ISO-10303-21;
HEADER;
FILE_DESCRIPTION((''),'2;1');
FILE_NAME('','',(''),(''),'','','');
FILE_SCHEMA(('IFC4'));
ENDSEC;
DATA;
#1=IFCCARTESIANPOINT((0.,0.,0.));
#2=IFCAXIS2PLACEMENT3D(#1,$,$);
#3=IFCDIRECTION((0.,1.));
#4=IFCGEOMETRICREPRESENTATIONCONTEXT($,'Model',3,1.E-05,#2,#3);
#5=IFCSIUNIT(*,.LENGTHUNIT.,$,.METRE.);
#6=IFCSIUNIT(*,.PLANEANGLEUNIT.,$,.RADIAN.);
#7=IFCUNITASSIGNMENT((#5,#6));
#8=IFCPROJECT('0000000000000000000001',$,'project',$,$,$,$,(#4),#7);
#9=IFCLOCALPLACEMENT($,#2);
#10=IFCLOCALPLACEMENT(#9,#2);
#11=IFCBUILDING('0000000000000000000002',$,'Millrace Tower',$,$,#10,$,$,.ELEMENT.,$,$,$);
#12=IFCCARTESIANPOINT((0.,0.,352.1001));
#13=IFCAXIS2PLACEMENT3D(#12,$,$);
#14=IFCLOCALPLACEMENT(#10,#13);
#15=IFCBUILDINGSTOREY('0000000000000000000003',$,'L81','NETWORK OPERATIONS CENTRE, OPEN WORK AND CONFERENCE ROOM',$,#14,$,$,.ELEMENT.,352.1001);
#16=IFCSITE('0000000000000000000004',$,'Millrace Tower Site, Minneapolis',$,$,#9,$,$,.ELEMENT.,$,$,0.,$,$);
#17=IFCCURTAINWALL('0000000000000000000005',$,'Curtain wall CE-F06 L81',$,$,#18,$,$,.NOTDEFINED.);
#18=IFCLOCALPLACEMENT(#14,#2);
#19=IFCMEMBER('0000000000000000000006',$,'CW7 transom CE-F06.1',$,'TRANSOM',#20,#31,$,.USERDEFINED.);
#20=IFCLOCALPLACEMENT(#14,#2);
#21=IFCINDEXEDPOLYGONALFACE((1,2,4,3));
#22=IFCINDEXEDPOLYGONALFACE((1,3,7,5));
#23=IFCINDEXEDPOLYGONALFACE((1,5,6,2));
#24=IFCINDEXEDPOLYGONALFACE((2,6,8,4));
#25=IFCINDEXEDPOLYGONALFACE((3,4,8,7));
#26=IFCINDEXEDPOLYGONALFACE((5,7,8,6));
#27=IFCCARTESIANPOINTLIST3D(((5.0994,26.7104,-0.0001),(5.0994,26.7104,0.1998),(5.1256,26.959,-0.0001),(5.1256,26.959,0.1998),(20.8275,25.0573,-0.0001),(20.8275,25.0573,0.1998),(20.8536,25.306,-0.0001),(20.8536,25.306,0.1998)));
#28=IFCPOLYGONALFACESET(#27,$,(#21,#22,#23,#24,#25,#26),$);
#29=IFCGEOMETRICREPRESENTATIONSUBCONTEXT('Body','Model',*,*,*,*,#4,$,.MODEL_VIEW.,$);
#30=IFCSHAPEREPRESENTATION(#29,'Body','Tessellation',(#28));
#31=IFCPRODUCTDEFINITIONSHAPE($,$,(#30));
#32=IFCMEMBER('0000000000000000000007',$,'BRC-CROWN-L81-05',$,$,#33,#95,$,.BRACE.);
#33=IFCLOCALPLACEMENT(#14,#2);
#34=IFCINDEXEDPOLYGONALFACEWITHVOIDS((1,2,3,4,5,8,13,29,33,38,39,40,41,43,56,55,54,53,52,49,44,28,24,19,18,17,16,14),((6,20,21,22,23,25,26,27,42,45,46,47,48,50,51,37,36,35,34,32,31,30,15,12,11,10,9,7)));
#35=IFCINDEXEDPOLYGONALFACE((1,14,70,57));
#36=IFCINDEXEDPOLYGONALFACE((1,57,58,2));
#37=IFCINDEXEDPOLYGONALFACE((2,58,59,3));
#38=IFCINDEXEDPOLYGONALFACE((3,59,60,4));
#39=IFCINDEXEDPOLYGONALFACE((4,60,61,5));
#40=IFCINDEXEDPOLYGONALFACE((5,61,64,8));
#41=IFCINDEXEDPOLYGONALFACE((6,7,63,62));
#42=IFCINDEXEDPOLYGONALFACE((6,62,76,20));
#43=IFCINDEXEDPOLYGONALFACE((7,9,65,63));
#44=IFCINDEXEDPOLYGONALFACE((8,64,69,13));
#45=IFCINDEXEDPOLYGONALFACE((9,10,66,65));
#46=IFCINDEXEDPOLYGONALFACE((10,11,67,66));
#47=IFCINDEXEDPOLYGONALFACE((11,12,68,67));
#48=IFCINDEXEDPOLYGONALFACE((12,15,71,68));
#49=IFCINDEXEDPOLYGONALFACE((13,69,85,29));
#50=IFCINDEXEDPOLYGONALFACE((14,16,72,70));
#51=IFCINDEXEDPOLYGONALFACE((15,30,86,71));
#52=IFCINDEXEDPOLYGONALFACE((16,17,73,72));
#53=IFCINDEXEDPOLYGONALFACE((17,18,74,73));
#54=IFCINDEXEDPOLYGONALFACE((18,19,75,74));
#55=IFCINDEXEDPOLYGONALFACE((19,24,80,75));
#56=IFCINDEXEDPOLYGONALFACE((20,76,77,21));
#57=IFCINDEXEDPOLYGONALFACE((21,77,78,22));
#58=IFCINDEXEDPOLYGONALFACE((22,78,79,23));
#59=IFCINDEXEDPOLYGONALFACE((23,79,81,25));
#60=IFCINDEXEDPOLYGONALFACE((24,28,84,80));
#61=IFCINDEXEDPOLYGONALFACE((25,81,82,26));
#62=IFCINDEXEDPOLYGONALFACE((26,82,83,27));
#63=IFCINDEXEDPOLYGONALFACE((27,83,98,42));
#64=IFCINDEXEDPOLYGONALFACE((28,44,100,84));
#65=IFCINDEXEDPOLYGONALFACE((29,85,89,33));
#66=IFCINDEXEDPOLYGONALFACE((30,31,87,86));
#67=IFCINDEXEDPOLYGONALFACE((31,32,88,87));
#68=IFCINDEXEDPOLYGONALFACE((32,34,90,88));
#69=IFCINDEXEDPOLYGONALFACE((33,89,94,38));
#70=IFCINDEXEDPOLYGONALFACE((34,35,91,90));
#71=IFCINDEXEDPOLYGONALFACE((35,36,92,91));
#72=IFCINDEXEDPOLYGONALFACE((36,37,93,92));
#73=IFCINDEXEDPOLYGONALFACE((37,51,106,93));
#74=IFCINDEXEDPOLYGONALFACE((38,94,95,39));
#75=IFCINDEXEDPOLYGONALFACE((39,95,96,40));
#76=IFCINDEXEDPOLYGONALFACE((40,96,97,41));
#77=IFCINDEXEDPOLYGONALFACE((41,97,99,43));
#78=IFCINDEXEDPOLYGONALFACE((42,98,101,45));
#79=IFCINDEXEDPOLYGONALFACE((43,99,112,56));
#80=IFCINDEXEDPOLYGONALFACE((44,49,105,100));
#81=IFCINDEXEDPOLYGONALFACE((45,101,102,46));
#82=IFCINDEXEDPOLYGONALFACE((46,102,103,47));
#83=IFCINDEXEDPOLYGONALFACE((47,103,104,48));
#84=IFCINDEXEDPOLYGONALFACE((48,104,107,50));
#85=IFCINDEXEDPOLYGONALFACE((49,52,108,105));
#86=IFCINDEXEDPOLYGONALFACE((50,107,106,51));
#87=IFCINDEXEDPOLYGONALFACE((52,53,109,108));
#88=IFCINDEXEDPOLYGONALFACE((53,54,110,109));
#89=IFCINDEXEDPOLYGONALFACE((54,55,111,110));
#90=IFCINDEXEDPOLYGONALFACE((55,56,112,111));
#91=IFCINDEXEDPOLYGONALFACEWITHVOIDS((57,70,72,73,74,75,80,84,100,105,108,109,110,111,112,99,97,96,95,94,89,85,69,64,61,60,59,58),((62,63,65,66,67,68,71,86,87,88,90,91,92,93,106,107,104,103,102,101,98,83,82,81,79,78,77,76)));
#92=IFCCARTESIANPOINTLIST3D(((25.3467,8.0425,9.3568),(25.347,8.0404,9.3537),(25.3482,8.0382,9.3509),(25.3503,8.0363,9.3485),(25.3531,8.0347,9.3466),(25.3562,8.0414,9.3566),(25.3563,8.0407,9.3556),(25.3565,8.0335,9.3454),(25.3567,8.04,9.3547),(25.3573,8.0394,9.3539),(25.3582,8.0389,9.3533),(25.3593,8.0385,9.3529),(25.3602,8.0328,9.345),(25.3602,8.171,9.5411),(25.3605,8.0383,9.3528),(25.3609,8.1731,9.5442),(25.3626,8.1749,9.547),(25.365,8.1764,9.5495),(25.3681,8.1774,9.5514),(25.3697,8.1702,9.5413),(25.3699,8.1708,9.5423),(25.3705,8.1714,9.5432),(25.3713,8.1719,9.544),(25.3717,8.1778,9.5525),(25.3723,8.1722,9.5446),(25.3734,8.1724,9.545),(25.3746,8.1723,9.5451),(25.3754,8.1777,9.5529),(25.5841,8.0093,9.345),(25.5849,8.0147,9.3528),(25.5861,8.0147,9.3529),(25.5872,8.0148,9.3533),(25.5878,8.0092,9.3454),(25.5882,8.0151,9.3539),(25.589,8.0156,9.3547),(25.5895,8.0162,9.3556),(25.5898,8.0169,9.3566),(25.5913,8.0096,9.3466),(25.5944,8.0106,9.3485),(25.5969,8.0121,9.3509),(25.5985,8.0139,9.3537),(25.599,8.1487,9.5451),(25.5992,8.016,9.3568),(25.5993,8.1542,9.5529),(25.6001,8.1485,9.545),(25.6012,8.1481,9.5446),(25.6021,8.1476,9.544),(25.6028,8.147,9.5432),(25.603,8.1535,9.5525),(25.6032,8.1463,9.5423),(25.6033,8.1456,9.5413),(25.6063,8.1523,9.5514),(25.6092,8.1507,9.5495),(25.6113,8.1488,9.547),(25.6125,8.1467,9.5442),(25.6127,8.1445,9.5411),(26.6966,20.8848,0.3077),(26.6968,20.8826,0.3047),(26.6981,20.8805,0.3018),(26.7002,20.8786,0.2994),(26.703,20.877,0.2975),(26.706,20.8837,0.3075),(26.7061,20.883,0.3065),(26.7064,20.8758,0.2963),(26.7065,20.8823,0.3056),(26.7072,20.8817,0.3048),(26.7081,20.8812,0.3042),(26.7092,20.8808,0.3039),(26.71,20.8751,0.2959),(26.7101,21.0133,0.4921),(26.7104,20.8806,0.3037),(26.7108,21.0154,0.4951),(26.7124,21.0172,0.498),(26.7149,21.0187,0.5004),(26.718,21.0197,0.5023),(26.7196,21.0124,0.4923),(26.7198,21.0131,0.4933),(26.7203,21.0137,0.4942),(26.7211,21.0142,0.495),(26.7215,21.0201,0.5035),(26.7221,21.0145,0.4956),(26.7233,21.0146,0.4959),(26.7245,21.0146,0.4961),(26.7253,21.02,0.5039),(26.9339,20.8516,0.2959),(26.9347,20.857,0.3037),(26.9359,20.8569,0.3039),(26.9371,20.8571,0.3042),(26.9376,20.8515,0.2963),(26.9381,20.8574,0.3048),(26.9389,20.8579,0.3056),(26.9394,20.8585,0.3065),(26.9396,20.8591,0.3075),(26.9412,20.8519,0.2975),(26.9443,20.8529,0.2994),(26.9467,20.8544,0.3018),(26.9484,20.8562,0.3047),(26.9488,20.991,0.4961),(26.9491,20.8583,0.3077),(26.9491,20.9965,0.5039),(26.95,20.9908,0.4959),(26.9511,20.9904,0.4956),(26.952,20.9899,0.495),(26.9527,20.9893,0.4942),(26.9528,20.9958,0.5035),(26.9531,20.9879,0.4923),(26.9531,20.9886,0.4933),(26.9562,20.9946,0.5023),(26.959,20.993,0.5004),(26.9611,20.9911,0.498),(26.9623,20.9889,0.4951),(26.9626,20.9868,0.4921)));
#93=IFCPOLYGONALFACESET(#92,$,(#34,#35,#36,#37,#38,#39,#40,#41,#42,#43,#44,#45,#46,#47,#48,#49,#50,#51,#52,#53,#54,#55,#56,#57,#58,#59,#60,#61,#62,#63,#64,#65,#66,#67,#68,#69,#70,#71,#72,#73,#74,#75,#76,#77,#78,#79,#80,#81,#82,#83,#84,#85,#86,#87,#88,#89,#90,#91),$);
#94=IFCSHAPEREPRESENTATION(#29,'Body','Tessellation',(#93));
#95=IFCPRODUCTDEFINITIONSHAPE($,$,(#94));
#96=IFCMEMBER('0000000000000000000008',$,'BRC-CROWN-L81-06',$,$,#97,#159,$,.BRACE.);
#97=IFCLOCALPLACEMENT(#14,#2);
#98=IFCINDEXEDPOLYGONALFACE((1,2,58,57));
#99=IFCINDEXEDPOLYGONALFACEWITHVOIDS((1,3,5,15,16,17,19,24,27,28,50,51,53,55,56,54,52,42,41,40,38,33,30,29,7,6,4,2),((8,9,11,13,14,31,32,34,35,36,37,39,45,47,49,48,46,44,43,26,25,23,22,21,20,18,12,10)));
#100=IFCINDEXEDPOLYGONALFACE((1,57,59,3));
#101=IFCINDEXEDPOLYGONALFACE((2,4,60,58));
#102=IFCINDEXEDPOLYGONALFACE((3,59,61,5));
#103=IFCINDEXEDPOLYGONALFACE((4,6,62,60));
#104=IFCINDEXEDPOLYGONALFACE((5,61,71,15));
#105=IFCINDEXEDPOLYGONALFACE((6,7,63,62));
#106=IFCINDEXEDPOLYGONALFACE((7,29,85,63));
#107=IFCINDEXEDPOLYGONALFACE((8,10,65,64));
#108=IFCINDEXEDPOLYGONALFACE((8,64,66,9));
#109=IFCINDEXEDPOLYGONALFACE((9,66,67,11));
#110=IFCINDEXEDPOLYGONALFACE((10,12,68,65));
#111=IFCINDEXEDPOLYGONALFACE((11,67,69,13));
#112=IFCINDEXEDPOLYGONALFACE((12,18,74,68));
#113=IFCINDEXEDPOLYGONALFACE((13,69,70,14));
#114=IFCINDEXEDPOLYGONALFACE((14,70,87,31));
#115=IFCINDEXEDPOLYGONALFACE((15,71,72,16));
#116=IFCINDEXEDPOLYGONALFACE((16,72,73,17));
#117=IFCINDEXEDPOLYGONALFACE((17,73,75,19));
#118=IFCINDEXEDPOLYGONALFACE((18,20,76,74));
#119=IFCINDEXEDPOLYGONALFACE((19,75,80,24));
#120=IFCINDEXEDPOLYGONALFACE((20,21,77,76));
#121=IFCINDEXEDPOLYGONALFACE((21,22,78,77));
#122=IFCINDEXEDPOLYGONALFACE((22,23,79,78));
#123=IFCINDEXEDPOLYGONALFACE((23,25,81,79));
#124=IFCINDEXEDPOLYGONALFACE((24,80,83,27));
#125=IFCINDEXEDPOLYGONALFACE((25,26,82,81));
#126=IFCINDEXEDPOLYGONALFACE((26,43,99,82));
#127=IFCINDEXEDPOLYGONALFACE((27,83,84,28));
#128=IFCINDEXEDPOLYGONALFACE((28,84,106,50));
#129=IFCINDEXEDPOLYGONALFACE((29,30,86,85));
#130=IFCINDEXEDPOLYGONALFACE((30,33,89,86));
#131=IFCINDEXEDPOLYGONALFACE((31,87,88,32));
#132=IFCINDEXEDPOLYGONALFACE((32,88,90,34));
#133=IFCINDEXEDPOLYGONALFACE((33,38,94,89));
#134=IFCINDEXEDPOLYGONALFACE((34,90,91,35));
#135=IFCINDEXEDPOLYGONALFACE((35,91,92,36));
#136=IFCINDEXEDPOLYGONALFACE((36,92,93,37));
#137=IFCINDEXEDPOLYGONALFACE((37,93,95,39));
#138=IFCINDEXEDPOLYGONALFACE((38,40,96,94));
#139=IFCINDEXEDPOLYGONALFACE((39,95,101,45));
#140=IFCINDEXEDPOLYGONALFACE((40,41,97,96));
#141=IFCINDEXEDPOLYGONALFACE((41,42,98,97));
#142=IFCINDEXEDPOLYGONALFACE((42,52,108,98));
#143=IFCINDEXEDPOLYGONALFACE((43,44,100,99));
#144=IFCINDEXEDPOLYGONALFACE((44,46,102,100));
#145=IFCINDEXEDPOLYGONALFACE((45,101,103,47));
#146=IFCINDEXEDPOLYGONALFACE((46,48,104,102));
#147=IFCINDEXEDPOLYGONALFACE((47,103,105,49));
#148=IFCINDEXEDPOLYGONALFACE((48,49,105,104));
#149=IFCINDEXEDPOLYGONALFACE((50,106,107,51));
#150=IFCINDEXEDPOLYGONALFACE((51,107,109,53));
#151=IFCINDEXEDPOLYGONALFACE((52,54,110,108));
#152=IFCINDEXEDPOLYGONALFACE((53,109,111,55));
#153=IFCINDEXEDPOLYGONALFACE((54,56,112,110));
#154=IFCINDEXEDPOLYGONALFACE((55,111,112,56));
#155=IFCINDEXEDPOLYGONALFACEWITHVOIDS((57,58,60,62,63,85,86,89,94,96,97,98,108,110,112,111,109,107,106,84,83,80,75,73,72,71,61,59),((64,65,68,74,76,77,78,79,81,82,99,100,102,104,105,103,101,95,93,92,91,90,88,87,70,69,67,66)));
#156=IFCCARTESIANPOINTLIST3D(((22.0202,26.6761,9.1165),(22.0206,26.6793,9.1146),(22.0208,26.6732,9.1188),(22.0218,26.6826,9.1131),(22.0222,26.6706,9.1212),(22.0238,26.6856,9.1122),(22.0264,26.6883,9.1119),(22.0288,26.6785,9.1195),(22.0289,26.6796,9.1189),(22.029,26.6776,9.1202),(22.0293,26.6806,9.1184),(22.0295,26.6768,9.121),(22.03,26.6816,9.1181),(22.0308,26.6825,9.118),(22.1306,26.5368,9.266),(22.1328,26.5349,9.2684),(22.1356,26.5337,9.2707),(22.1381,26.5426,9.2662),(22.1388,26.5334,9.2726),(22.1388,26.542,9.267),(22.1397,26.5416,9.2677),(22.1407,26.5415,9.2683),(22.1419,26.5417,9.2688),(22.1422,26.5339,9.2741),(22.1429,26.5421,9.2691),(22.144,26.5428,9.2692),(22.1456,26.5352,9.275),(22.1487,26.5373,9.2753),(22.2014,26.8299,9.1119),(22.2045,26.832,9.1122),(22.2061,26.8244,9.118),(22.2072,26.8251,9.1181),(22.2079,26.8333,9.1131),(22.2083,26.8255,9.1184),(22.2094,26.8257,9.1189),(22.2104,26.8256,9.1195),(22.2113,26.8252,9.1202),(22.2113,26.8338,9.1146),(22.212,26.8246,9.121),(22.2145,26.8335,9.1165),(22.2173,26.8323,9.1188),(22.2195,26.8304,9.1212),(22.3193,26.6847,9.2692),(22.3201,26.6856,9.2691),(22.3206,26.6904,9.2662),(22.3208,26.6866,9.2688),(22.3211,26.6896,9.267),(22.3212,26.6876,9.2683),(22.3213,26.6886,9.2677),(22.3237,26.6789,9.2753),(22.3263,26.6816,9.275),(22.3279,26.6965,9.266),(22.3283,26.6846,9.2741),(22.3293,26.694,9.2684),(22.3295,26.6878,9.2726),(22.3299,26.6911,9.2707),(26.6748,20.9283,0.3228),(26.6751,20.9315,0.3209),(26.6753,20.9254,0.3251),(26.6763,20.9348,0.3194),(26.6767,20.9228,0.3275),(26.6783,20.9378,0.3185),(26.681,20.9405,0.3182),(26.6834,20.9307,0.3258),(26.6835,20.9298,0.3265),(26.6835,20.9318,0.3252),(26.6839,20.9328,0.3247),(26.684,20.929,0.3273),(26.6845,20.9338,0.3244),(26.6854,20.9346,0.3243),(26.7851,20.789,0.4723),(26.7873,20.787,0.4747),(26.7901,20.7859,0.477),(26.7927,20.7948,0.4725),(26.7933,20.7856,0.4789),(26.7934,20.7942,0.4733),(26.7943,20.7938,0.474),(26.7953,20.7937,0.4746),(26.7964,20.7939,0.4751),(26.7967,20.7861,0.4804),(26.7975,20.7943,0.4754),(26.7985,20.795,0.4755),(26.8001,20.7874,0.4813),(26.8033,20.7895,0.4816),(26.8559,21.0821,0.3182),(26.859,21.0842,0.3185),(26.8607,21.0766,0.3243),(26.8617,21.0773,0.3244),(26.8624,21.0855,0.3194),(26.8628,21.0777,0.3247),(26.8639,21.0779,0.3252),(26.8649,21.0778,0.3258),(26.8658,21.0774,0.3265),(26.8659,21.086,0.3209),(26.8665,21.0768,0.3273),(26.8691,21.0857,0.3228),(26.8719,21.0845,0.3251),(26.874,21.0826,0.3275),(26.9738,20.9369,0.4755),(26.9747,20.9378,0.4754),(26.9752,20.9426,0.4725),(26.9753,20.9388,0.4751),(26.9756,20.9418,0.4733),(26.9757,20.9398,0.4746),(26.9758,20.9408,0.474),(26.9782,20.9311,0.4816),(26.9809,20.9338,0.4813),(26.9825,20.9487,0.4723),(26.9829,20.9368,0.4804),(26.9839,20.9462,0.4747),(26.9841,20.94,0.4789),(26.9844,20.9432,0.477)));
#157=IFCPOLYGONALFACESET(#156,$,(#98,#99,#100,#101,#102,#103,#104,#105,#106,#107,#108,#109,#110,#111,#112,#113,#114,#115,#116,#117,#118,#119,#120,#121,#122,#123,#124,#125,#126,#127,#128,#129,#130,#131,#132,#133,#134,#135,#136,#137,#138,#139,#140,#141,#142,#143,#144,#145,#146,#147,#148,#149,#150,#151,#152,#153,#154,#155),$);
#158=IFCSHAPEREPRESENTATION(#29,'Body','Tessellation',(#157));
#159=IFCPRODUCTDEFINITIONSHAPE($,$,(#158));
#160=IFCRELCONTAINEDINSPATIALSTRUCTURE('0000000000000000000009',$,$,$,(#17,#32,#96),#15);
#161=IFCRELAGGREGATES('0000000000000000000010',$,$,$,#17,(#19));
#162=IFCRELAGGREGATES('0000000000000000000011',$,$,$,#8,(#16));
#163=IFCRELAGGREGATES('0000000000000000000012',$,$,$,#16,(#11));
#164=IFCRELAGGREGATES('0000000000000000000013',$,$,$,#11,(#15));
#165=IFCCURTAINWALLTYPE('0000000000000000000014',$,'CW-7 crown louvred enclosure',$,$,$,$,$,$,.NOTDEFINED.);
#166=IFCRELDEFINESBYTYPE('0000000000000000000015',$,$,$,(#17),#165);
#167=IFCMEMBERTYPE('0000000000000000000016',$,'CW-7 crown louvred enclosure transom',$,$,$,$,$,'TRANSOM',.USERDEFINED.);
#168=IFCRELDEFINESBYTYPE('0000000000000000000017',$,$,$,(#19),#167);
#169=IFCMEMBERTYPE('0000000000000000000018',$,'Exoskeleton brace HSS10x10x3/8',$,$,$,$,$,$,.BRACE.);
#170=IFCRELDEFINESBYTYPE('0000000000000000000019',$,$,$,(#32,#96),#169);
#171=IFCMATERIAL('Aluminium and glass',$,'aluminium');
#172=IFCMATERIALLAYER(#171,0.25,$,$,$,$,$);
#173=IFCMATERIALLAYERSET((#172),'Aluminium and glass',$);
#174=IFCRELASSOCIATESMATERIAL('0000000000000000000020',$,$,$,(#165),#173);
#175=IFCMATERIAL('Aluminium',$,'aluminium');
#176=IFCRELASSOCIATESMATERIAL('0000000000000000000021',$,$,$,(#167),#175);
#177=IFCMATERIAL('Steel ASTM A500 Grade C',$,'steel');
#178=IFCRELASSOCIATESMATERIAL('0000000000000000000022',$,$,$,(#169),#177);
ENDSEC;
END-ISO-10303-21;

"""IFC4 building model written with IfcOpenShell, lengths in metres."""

from ifc_helpers import new_model, si_unit, direction, frame, origin, origin_2d, place, context, subcontext, project, spatial, rectangle, hollow_rectangle, extrude, material, layer, layer_set, material_profile, profile_set, type_object, element, aggregate, save


model = new_model("IFC4")

# Units and contexts
model_context = context("Model", 3, precision=1e-05, world=origin(), true_north=direction((0.0, 1.0)))
body_context = subcontext(model_context, "Body", "Model", "MODEL_VIEW")
ifc_project = project(units=[si_unit("LENGTHUNIT", "METRE"), si_unit("PLANEANGLEUNIT", "RADIAN")], contexts=[model_context])

# Site, building, storey
site_placement = place(None, origin())
site = spatial("IfcSite", under=ifc_project, at=site_placement, Name="Millrace Tower Site, Minneapolis", CompositionType="ELEMENT", RefElevation=0.0)
building_placement = place(site_placement, origin())
building = spatial("IfcBuilding", under=site, at=building_placement, Name="Millrace Tower", CompositionType="ELEMENT")
storey_placement = place(building_placement, frame((0.0, 0.0, 352.1001)))
storey = spatial("IfcBuildingStorey", under=building, at=storey_placement, Name="L81", Description="NETWORK OPERATIONS CENTRE, OPEN WORK AND CONFERENCE ROOM", CompositionType="ELEMENT", Elevation=352.1001)

# Shared definitions
ifc_material_1 = material(Name="Aluminium and glass", Category="aluminium")
ifc_layer_1 = layer(ifc_material_1, 0.25)
ifc_layer_set_1 = layer_set([ifc_layer_1], Name="Aluminium and glass")
curtain_wall_type = type_object("IfcCurtainWallType", Name="CW-7 crown louvred enclosure", PredefinedType="NOTDEFINED", material=ifc_layer_set_1)
placement = place(storey_placement, origin())

# Curtain wall
curtain_wall_1 = element("IfcCurtainWall", 1, at=placement, inside=storey, type_object=curtain_wall_type, Name="Curtain wall CE-F06 L81", PredefinedType="NOTDEFINED")

# Member
ifc_material_2 = material(Name="Aluminium", Category="aluminium")
ifc_material_profile_1 = material_profile(ifc_material_2, rectangle(XDim=0.25, YDim=0.2, at=origin_2d()))
ifc_profile_set_1 = profile_set([ifc_material_profile_1], Name="Aluminium")
member_type_1 = type_object("IfcMemberType", Name="CW-7 crown louvred enclosure transom", ElementType="TRANSOM", PredefinedType="USERDEFINED", material=ifc_profile_set_1)
member_1_placement = place(storey_placement, frame((20.8406, 25.1816, 0.0999), z_axis=(-0.994522, 0.104528, 0.0), x_axis=(-0.104528, -0.994522, 0.0)))
member_1 = element("IfcMember", 2, at=member_1_placement, type_object=member_type_1, Name="CW7 transom CE-F06.1", ObjectType="TRANSOM", PredefinedType="USERDEFINED", context=body_context, shape_type="SweptSolid", body=[
    extrude(rectangle(XDim=0.25, YDim=0.2, at=origin_2d()), origin(), (0.0, 0.0, 1.0), 15.8147),
])
aggregate(curtain_wall_1, [member_1])

# Members
ifc_material_3 = material(Name="Steel ASTM A500 Grade C", Category="steel")
ifc_material_profile_2 = material_profile(ifc_material_3, hollow_rectangle(XDim=0.2539, YDim=0.2539, WallThickness=0.0095, InnerFilletRadius=0.0046, OuterFilletRadius=0.0144, at=origin_2d()))
ifc_profile_set_2 = profile_set([ifc_material_profile_2], Name="Steel ASTM A500 Grade C")
member_type_2 = type_object("IfcMemberType", Name="Exoskeleton brace HSS10x10x3/8", PredefinedType="BRACE", material=ifc_profile_set_2)
member_2_placement = place(storey_placement, frame((26.8296, 20.9358, 0.3999), z_axis=(-0.085607, -0.814449, 0.573886), x_axis=(0.994521, -0.104534, 0.0)))
element("IfcMember", 3, at=member_2_placement, inside=storey, type_object=member_type_2, Name="BRC-CROWN-L81-05", PredefinedType="BRACE", context=body_context, shape_type="SweptSolid", body=[
    extrude(hollow_rectangle(XDim=0.2539, YDim=0.2539, WallThickness=0.0095, InnerFilletRadius=0.0046, OuterFilletRadius=0.0144, at=origin_2d()), origin(), (0.0, 0.0, 1.0), 15.7681),
])
member_3_placement = place(storey_placement, frame((26.8296, 20.9358, 0.3999), z_axis=(-0.405078, 0.500223, 0.765303), x_axis=(-0.777142, -0.629325, 0.0)))
element("IfcMember", 4, at=member_3_placement, inside=storey, type_object=member_type_2, Name="BRC-CROWN-L81-06", PredefinedType="BRACE", context=body_context, shape_type="SweptSolid", body=[
    extrude(hollow_rectangle(XDim=0.2539, YDim=0.2539, WallThickness=0.0095, InnerFilletRadius=0.0046, OuterFilletRadius=0.0144, at=origin_2d()), origin(), (0.0, 0.0, 1.0), 11.4905),
])

save(model, "model.ifc")
